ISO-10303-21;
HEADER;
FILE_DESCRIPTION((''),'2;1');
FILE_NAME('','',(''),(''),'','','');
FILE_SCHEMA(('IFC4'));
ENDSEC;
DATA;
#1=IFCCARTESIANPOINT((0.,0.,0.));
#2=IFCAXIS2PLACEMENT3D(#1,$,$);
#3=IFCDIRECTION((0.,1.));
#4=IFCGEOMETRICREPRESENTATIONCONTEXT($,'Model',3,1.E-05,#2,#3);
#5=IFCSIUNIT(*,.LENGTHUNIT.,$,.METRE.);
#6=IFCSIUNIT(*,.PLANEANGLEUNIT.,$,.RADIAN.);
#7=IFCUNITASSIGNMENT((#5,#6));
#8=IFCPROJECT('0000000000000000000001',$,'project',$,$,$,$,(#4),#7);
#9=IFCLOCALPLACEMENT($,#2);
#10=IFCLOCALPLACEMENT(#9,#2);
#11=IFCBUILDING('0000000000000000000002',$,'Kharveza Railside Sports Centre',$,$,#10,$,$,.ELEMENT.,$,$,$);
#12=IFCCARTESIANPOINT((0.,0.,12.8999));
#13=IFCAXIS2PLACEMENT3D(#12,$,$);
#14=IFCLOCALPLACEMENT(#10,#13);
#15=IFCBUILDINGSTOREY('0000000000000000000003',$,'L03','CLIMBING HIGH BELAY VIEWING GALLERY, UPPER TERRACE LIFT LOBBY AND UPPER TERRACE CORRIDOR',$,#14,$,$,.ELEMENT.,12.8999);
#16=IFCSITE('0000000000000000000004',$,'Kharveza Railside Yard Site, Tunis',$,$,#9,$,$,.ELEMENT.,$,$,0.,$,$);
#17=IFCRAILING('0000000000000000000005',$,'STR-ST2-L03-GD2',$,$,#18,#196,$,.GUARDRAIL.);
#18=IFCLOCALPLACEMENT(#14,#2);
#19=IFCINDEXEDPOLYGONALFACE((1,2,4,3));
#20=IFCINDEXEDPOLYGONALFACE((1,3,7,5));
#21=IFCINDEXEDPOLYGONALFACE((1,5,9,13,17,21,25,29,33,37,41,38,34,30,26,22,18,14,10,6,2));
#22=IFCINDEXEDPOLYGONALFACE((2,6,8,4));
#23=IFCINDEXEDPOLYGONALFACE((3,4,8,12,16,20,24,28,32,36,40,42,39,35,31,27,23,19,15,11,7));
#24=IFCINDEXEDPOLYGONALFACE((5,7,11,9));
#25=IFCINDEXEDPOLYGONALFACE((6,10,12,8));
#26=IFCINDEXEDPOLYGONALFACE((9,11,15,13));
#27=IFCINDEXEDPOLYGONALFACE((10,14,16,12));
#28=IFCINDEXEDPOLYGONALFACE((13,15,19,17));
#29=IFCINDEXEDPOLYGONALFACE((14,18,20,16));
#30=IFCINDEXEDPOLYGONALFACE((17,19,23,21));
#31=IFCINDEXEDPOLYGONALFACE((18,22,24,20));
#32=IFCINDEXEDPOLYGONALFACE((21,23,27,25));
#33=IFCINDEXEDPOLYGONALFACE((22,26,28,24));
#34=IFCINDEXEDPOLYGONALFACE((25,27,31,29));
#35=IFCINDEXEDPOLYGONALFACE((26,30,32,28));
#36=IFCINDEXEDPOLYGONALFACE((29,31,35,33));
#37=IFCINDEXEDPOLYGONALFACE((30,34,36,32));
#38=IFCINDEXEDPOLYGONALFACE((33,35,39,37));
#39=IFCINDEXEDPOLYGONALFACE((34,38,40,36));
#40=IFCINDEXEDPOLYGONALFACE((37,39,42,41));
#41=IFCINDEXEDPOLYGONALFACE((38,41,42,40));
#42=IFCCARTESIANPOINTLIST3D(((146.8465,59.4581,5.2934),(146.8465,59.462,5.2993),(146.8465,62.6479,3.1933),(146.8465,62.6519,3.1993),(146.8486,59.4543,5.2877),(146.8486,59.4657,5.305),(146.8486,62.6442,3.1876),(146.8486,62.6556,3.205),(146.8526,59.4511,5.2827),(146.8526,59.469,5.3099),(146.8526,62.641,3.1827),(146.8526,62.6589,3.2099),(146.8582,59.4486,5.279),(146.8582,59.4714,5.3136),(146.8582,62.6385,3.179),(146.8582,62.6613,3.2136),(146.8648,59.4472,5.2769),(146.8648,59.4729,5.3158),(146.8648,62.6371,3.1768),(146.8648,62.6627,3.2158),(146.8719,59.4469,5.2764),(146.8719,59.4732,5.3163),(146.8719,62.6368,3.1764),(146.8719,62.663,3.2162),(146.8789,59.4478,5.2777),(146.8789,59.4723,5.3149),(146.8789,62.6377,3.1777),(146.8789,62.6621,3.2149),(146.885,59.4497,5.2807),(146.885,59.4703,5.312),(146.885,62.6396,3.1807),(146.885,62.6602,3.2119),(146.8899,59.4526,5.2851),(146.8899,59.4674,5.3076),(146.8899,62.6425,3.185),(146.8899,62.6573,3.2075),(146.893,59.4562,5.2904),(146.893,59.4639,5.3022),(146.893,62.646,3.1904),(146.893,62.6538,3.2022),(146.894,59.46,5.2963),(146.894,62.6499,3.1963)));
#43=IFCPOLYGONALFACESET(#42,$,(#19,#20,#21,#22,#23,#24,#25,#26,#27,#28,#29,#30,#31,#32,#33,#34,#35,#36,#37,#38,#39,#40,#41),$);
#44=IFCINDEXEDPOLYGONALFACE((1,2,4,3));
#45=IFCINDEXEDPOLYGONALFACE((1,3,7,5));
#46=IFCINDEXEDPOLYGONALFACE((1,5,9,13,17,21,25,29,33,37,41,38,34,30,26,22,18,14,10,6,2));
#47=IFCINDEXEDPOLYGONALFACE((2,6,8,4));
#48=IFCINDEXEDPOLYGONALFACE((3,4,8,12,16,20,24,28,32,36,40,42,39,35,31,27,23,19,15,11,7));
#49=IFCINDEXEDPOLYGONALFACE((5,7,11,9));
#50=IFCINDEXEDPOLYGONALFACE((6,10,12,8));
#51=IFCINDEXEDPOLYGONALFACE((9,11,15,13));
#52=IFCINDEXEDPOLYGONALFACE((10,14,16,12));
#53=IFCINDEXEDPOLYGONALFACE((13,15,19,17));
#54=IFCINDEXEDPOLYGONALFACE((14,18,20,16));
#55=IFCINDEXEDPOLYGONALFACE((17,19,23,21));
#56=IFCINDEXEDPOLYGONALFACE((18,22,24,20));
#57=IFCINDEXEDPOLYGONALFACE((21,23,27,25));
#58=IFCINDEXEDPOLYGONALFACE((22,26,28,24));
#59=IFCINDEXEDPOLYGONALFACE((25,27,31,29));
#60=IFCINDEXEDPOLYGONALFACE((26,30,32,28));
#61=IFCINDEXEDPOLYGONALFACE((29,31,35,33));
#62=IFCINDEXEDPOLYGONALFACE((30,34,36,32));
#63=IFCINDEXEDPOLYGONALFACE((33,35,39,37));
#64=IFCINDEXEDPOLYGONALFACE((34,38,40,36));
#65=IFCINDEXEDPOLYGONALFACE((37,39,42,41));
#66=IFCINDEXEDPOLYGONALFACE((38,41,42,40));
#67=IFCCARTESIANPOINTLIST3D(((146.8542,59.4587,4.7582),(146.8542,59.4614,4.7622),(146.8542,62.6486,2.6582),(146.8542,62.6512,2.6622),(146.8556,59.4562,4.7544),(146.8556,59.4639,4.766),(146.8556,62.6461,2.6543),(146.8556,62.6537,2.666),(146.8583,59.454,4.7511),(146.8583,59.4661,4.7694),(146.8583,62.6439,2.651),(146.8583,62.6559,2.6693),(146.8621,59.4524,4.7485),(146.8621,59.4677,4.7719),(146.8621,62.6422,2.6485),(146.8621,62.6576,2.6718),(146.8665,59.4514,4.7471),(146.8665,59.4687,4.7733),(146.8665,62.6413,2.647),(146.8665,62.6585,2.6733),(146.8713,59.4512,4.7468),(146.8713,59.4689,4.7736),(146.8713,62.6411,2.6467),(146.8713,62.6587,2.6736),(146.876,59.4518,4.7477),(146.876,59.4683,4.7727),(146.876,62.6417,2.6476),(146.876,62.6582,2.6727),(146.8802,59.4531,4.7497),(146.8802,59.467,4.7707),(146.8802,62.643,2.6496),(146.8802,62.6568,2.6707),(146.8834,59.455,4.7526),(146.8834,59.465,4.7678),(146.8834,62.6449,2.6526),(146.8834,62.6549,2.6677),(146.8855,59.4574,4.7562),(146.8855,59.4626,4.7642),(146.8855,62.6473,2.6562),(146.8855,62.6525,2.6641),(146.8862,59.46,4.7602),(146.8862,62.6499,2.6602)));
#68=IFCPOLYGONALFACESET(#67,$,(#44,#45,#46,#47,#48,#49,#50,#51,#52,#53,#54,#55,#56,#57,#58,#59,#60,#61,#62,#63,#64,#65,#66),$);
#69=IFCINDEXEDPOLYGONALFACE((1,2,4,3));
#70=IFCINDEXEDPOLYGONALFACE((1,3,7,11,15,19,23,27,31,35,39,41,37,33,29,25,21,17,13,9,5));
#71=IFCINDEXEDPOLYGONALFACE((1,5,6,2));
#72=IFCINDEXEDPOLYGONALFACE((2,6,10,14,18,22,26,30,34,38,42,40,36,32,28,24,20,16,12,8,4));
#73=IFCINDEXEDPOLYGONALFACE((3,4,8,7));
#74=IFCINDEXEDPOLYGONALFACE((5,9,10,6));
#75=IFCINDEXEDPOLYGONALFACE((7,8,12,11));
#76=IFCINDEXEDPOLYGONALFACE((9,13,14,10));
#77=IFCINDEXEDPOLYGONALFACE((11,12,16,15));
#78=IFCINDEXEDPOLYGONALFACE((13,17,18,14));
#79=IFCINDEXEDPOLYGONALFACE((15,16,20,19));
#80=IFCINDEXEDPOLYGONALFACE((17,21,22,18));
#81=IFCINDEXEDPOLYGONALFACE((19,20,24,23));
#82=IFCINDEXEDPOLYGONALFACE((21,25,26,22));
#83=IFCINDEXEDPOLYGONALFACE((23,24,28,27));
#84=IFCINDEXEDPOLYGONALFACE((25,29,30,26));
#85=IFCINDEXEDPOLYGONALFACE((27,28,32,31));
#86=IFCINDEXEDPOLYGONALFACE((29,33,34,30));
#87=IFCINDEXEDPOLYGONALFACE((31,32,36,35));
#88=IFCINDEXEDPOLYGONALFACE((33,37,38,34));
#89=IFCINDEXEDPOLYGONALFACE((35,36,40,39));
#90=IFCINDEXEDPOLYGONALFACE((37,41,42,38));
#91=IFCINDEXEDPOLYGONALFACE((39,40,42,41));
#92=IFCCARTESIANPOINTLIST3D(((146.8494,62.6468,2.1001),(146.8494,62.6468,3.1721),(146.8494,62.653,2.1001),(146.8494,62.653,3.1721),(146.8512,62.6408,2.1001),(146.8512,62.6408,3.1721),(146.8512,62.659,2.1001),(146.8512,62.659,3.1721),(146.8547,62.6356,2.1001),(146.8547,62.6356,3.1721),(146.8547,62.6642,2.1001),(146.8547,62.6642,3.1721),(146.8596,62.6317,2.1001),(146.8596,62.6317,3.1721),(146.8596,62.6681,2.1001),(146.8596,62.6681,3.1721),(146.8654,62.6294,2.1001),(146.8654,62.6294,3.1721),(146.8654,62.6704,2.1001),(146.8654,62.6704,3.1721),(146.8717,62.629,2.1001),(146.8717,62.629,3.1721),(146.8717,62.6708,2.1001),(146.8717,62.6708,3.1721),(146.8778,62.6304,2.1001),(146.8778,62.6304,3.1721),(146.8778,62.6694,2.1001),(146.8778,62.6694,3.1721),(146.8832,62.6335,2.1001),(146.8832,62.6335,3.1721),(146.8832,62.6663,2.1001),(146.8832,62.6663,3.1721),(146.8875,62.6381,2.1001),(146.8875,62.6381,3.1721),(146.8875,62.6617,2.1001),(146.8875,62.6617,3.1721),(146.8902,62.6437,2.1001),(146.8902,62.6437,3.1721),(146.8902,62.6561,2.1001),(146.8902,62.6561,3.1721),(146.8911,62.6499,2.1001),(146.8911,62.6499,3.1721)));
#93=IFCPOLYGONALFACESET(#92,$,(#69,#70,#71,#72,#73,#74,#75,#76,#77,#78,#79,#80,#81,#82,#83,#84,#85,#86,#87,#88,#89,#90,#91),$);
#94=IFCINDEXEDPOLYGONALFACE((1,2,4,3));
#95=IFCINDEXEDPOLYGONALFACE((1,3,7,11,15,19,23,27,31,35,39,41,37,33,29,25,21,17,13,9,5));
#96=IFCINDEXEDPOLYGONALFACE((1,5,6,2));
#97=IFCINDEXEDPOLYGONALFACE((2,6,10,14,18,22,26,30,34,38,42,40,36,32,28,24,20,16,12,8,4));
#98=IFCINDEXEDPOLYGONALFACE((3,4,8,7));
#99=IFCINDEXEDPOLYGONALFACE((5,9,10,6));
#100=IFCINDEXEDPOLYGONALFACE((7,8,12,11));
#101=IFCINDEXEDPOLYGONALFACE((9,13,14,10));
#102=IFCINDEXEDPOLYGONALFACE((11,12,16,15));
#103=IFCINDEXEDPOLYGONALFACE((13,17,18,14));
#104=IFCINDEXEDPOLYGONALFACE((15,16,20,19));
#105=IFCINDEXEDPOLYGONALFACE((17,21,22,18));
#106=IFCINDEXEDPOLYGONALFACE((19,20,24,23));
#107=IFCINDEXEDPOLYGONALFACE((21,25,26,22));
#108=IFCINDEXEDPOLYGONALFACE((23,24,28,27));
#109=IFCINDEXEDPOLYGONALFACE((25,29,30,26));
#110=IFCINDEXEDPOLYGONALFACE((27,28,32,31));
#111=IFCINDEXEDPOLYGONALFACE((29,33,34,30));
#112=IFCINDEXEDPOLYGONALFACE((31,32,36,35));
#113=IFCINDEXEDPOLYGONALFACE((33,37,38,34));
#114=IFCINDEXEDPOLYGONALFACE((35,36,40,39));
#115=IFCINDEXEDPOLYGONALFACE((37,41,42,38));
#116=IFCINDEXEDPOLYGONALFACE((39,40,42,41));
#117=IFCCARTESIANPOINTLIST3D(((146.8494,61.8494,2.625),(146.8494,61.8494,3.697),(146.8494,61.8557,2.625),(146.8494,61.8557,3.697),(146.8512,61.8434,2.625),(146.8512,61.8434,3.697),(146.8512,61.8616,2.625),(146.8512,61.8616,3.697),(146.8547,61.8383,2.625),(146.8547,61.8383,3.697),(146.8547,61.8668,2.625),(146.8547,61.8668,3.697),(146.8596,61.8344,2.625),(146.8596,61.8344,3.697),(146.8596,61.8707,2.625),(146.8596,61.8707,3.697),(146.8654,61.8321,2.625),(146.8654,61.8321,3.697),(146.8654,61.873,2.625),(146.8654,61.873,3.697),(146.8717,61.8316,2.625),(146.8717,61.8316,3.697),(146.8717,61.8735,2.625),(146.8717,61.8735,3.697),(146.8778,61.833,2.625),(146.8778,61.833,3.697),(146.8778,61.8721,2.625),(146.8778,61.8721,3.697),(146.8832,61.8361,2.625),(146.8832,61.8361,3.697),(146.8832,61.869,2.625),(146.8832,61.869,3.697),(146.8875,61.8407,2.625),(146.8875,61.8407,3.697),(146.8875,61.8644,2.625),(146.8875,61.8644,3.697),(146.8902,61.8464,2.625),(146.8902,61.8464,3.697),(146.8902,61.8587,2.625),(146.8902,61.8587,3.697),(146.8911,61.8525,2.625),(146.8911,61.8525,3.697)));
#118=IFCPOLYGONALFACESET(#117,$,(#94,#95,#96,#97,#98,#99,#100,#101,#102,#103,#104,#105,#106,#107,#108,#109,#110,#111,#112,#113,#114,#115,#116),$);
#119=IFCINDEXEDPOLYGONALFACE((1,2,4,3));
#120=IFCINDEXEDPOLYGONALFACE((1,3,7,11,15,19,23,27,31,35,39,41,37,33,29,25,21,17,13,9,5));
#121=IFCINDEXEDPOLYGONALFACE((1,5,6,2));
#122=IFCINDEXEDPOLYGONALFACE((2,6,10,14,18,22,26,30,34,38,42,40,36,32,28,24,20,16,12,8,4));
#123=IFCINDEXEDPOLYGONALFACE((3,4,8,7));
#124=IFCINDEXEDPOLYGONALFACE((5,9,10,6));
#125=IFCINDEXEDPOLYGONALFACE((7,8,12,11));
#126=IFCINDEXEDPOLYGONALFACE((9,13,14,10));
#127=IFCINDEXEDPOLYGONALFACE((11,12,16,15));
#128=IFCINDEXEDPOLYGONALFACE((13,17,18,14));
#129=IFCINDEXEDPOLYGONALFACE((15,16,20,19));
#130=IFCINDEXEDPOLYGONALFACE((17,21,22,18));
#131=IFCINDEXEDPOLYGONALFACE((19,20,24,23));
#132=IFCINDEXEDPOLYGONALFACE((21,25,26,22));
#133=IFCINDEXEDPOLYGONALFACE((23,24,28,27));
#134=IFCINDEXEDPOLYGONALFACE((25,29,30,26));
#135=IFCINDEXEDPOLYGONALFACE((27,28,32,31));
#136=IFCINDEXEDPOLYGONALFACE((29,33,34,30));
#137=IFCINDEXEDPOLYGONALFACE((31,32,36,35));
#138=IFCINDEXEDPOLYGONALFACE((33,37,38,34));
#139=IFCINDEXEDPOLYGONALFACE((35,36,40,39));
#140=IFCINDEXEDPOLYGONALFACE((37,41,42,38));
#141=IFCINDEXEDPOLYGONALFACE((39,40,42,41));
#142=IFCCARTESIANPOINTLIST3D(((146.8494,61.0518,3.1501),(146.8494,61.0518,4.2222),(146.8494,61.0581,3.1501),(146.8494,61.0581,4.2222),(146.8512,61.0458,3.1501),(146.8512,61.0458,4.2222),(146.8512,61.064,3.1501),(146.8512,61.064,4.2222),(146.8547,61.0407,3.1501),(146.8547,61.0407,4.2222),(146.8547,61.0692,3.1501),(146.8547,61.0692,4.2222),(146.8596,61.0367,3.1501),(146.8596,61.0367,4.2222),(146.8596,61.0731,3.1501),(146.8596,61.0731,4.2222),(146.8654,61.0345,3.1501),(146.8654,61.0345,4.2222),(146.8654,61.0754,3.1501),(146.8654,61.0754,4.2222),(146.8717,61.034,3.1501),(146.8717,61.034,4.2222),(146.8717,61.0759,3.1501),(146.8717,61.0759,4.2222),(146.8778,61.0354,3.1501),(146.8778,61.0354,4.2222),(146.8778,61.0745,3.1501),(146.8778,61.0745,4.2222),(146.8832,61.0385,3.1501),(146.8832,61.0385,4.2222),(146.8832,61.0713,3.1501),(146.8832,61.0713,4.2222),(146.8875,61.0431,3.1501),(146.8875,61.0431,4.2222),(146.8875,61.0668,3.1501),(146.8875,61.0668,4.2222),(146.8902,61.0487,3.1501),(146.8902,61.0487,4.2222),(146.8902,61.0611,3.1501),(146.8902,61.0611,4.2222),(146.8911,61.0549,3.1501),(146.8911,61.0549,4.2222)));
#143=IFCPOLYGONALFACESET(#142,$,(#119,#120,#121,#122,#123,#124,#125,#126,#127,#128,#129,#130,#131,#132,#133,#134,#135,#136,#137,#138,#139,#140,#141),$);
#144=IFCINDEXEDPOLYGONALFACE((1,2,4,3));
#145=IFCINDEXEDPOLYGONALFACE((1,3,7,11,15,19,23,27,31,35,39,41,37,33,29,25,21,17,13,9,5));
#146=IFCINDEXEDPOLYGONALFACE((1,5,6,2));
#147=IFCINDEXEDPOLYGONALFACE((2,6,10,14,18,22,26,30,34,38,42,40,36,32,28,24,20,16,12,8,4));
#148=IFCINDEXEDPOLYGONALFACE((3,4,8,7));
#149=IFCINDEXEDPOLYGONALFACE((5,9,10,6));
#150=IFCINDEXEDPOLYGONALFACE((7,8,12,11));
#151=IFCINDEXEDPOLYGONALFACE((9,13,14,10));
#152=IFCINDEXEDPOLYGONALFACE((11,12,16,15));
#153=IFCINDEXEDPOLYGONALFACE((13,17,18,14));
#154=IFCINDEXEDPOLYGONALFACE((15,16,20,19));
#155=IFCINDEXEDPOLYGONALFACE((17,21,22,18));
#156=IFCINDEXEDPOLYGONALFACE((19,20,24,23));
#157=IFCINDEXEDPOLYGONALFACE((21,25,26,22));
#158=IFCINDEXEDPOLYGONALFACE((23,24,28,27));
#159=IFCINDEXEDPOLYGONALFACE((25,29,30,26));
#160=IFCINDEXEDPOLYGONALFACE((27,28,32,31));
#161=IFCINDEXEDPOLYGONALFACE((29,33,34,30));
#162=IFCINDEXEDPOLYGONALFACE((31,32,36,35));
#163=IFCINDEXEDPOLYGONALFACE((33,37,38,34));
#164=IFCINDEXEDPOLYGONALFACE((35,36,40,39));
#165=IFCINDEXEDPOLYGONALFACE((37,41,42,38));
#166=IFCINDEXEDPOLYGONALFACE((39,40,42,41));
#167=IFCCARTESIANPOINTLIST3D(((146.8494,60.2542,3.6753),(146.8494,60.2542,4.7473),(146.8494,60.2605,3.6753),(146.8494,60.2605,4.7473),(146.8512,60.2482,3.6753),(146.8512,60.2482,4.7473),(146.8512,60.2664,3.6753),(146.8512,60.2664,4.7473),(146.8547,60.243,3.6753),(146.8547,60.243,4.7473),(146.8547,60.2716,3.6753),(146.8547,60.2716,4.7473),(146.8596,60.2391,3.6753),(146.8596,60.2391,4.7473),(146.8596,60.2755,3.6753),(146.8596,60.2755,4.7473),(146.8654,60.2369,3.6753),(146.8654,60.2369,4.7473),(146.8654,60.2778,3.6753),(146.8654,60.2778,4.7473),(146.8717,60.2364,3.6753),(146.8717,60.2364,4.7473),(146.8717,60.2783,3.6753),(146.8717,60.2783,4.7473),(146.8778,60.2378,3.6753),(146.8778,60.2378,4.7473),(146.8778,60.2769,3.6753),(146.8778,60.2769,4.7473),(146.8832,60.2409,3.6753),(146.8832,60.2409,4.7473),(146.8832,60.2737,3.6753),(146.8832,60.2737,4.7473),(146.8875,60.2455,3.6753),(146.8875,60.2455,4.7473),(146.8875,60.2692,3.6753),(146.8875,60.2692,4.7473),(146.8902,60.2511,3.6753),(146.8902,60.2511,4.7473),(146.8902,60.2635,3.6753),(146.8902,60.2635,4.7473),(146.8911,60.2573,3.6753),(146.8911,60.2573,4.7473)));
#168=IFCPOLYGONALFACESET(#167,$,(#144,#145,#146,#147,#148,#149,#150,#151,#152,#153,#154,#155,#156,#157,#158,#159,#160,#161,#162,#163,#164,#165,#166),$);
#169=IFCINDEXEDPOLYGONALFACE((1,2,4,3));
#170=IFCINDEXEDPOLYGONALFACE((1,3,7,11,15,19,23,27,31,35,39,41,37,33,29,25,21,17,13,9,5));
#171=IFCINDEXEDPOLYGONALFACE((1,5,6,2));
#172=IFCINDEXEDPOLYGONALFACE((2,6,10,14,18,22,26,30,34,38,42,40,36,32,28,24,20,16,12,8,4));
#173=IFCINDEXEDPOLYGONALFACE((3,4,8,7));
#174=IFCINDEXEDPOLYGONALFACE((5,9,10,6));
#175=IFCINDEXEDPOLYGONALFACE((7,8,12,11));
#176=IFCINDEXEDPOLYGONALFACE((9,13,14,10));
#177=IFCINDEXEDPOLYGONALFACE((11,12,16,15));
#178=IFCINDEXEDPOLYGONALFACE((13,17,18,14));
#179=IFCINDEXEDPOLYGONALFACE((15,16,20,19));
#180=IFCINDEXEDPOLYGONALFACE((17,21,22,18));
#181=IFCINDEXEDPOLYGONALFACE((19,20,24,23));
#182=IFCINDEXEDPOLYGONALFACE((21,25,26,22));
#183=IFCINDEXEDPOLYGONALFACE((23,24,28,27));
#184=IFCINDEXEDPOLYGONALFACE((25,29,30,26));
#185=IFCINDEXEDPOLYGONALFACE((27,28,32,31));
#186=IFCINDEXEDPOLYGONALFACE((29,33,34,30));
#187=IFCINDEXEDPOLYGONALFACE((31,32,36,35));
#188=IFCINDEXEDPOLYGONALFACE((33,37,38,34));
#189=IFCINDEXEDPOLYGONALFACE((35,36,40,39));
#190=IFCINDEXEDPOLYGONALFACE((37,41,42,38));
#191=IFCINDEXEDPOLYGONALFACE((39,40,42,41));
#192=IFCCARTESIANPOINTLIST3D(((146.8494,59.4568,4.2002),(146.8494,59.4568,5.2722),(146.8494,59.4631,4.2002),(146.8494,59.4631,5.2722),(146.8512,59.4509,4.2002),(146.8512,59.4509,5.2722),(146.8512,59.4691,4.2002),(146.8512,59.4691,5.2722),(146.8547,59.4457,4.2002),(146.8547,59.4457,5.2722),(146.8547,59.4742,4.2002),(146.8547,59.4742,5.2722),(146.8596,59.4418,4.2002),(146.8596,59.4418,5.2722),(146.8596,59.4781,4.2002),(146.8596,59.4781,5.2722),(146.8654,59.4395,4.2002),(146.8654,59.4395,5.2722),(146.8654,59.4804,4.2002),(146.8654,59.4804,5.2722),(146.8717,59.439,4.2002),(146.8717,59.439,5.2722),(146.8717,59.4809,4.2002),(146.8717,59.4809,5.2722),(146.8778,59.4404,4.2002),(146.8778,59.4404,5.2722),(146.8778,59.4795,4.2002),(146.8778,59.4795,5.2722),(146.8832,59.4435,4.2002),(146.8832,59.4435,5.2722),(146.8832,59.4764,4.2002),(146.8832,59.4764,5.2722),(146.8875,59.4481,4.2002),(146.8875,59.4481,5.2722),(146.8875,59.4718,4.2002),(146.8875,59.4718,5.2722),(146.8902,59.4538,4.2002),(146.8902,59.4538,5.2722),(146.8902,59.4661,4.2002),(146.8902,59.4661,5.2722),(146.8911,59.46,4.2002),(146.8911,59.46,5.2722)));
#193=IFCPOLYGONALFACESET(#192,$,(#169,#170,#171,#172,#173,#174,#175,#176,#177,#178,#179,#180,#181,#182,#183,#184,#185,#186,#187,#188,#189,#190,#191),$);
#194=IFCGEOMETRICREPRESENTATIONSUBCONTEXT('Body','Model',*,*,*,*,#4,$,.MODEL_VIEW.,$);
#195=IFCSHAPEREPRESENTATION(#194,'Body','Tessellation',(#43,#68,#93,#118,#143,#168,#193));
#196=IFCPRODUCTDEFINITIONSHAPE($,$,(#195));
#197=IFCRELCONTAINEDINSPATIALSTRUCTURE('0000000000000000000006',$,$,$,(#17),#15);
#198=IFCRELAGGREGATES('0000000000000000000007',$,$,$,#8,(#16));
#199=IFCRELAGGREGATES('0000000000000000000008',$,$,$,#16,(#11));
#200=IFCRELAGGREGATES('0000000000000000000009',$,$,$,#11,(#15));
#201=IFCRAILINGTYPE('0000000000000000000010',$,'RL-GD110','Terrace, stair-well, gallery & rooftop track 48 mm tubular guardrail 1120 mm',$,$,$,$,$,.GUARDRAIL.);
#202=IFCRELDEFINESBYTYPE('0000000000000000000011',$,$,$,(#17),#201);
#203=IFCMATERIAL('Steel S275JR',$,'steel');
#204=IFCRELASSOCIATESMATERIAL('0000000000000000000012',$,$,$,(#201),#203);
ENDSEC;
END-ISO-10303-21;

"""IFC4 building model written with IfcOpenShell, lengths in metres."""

from ifc_helpers import new_model, si_unit, direction, frame, origin, origin_2d, place, context, subcontext, project, spatial, circle, extrude, material, type_object, element, save


model = new_model("IFC4")

# Units and contexts
model_context = context("Model", 3, precision=1e-05, world=origin(), true_north=direction((0.0, 1.0)))
body_context = subcontext(model_context, "Body", "Model", "MODEL_VIEW")
ifc_project = project(units=[si_unit("LENGTHUNIT", "METRE"), si_unit("PLANEANGLEUNIT", "RADIAN")], contexts=[model_context])

# Site, building, storey
site_placement = place(None, origin())
site = spatial("IfcSite", under=ifc_project, at=site_placement, Name="Kharveza Railside Yard Site, Tunis", CompositionType="ELEMENT", RefElevation=0.0)
building_placement = place(site_placement, origin())
building = spatial("IfcBuilding", under=site, at=building_placement, Name="Kharveza Railside Sports Centre", CompositionType="ELEMENT")
storey_placement = place(building_placement, frame((0.0, 0.0, 12.8999)))
storey = spatial("IfcBuildingStorey", under=building, at=storey_placement, Name="L03", Description="CLIMBING HIGH BELAY VIEWING GALLERY, UPPER TERRACE LIFT LOBBY AND UPPER TERRACE CORRIDOR", CompositionType="ELEMENT", Elevation=12.8999)

# Railing
ifc_material_1 = material(Name="Steel S275JR", Category="steel")
railing_type_1 = type_object("IfcRailingType", Name="RL-GD110", Description="Terrace, stair-well, gallery & rooftop track 48 mm tubular guardrail 1120 mm", PredefinedType="GUARDRAIL", material=ifc_material_1)
railing_1_placement = place(storey_placement, frame((146.8701, 62.6499, 2.1001)))
element("IfcRailing", 1, at=railing_1_placement, inside=storey, type_object=railing_type_1, Name="STR-ST2-L03-GD2", PredefinedType="GUARDRAIL", context=body_context, shape_type="SweptSolid", body=[
    extrude(circle(Radius=0.0239, at=origin_2d()), frame((0.0, 0.0, 1.0962), z_axis=(0.0, -0.835242, 0.549882), x_axis=(1.0, 0.0, 0.0)), (0.0, 0.0, 1.0), 3.8191),
    extrude(circle(Radius=0.0161, at=origin_2d()), frame((0.0, 0.0, 0.5601), z_axis=(0.0, -0.835242, 0.549882), x_axis=(1.0, 0.0, 0.0)), (0.0, 0.0, 1.0), 3.8191),
    extrude(circle(Radius=0.021, at=origin_2d()), origin(), (0.0, 0.0, 1.0), 1.072),
    extrude(circle(Radius=0.021, at=origin_2d()), frame((0.0, -0.7974, 0.5249)), (0.0, 0.0, 1.0), 1.072),
    extrude(circle(Radius=0.021, at=origin_2d()), frame((0.0, -1.595, 1.05)), (0.0, 0.0, 1.0), 1.072),
    extrude(circle(Radius=0.021, at=origin_2d()), frame((0.0, -2.3926, 1.5752)), (0.0, 0.0, 1.0), 1.072),
    extrude(circle(Radius=0.021, at=origin_2d()), frame((0.0, -3.1899, 2.1001)), (0.0, 0.0, 1.0), 1.072),
])

save(model, "model.ifc")
